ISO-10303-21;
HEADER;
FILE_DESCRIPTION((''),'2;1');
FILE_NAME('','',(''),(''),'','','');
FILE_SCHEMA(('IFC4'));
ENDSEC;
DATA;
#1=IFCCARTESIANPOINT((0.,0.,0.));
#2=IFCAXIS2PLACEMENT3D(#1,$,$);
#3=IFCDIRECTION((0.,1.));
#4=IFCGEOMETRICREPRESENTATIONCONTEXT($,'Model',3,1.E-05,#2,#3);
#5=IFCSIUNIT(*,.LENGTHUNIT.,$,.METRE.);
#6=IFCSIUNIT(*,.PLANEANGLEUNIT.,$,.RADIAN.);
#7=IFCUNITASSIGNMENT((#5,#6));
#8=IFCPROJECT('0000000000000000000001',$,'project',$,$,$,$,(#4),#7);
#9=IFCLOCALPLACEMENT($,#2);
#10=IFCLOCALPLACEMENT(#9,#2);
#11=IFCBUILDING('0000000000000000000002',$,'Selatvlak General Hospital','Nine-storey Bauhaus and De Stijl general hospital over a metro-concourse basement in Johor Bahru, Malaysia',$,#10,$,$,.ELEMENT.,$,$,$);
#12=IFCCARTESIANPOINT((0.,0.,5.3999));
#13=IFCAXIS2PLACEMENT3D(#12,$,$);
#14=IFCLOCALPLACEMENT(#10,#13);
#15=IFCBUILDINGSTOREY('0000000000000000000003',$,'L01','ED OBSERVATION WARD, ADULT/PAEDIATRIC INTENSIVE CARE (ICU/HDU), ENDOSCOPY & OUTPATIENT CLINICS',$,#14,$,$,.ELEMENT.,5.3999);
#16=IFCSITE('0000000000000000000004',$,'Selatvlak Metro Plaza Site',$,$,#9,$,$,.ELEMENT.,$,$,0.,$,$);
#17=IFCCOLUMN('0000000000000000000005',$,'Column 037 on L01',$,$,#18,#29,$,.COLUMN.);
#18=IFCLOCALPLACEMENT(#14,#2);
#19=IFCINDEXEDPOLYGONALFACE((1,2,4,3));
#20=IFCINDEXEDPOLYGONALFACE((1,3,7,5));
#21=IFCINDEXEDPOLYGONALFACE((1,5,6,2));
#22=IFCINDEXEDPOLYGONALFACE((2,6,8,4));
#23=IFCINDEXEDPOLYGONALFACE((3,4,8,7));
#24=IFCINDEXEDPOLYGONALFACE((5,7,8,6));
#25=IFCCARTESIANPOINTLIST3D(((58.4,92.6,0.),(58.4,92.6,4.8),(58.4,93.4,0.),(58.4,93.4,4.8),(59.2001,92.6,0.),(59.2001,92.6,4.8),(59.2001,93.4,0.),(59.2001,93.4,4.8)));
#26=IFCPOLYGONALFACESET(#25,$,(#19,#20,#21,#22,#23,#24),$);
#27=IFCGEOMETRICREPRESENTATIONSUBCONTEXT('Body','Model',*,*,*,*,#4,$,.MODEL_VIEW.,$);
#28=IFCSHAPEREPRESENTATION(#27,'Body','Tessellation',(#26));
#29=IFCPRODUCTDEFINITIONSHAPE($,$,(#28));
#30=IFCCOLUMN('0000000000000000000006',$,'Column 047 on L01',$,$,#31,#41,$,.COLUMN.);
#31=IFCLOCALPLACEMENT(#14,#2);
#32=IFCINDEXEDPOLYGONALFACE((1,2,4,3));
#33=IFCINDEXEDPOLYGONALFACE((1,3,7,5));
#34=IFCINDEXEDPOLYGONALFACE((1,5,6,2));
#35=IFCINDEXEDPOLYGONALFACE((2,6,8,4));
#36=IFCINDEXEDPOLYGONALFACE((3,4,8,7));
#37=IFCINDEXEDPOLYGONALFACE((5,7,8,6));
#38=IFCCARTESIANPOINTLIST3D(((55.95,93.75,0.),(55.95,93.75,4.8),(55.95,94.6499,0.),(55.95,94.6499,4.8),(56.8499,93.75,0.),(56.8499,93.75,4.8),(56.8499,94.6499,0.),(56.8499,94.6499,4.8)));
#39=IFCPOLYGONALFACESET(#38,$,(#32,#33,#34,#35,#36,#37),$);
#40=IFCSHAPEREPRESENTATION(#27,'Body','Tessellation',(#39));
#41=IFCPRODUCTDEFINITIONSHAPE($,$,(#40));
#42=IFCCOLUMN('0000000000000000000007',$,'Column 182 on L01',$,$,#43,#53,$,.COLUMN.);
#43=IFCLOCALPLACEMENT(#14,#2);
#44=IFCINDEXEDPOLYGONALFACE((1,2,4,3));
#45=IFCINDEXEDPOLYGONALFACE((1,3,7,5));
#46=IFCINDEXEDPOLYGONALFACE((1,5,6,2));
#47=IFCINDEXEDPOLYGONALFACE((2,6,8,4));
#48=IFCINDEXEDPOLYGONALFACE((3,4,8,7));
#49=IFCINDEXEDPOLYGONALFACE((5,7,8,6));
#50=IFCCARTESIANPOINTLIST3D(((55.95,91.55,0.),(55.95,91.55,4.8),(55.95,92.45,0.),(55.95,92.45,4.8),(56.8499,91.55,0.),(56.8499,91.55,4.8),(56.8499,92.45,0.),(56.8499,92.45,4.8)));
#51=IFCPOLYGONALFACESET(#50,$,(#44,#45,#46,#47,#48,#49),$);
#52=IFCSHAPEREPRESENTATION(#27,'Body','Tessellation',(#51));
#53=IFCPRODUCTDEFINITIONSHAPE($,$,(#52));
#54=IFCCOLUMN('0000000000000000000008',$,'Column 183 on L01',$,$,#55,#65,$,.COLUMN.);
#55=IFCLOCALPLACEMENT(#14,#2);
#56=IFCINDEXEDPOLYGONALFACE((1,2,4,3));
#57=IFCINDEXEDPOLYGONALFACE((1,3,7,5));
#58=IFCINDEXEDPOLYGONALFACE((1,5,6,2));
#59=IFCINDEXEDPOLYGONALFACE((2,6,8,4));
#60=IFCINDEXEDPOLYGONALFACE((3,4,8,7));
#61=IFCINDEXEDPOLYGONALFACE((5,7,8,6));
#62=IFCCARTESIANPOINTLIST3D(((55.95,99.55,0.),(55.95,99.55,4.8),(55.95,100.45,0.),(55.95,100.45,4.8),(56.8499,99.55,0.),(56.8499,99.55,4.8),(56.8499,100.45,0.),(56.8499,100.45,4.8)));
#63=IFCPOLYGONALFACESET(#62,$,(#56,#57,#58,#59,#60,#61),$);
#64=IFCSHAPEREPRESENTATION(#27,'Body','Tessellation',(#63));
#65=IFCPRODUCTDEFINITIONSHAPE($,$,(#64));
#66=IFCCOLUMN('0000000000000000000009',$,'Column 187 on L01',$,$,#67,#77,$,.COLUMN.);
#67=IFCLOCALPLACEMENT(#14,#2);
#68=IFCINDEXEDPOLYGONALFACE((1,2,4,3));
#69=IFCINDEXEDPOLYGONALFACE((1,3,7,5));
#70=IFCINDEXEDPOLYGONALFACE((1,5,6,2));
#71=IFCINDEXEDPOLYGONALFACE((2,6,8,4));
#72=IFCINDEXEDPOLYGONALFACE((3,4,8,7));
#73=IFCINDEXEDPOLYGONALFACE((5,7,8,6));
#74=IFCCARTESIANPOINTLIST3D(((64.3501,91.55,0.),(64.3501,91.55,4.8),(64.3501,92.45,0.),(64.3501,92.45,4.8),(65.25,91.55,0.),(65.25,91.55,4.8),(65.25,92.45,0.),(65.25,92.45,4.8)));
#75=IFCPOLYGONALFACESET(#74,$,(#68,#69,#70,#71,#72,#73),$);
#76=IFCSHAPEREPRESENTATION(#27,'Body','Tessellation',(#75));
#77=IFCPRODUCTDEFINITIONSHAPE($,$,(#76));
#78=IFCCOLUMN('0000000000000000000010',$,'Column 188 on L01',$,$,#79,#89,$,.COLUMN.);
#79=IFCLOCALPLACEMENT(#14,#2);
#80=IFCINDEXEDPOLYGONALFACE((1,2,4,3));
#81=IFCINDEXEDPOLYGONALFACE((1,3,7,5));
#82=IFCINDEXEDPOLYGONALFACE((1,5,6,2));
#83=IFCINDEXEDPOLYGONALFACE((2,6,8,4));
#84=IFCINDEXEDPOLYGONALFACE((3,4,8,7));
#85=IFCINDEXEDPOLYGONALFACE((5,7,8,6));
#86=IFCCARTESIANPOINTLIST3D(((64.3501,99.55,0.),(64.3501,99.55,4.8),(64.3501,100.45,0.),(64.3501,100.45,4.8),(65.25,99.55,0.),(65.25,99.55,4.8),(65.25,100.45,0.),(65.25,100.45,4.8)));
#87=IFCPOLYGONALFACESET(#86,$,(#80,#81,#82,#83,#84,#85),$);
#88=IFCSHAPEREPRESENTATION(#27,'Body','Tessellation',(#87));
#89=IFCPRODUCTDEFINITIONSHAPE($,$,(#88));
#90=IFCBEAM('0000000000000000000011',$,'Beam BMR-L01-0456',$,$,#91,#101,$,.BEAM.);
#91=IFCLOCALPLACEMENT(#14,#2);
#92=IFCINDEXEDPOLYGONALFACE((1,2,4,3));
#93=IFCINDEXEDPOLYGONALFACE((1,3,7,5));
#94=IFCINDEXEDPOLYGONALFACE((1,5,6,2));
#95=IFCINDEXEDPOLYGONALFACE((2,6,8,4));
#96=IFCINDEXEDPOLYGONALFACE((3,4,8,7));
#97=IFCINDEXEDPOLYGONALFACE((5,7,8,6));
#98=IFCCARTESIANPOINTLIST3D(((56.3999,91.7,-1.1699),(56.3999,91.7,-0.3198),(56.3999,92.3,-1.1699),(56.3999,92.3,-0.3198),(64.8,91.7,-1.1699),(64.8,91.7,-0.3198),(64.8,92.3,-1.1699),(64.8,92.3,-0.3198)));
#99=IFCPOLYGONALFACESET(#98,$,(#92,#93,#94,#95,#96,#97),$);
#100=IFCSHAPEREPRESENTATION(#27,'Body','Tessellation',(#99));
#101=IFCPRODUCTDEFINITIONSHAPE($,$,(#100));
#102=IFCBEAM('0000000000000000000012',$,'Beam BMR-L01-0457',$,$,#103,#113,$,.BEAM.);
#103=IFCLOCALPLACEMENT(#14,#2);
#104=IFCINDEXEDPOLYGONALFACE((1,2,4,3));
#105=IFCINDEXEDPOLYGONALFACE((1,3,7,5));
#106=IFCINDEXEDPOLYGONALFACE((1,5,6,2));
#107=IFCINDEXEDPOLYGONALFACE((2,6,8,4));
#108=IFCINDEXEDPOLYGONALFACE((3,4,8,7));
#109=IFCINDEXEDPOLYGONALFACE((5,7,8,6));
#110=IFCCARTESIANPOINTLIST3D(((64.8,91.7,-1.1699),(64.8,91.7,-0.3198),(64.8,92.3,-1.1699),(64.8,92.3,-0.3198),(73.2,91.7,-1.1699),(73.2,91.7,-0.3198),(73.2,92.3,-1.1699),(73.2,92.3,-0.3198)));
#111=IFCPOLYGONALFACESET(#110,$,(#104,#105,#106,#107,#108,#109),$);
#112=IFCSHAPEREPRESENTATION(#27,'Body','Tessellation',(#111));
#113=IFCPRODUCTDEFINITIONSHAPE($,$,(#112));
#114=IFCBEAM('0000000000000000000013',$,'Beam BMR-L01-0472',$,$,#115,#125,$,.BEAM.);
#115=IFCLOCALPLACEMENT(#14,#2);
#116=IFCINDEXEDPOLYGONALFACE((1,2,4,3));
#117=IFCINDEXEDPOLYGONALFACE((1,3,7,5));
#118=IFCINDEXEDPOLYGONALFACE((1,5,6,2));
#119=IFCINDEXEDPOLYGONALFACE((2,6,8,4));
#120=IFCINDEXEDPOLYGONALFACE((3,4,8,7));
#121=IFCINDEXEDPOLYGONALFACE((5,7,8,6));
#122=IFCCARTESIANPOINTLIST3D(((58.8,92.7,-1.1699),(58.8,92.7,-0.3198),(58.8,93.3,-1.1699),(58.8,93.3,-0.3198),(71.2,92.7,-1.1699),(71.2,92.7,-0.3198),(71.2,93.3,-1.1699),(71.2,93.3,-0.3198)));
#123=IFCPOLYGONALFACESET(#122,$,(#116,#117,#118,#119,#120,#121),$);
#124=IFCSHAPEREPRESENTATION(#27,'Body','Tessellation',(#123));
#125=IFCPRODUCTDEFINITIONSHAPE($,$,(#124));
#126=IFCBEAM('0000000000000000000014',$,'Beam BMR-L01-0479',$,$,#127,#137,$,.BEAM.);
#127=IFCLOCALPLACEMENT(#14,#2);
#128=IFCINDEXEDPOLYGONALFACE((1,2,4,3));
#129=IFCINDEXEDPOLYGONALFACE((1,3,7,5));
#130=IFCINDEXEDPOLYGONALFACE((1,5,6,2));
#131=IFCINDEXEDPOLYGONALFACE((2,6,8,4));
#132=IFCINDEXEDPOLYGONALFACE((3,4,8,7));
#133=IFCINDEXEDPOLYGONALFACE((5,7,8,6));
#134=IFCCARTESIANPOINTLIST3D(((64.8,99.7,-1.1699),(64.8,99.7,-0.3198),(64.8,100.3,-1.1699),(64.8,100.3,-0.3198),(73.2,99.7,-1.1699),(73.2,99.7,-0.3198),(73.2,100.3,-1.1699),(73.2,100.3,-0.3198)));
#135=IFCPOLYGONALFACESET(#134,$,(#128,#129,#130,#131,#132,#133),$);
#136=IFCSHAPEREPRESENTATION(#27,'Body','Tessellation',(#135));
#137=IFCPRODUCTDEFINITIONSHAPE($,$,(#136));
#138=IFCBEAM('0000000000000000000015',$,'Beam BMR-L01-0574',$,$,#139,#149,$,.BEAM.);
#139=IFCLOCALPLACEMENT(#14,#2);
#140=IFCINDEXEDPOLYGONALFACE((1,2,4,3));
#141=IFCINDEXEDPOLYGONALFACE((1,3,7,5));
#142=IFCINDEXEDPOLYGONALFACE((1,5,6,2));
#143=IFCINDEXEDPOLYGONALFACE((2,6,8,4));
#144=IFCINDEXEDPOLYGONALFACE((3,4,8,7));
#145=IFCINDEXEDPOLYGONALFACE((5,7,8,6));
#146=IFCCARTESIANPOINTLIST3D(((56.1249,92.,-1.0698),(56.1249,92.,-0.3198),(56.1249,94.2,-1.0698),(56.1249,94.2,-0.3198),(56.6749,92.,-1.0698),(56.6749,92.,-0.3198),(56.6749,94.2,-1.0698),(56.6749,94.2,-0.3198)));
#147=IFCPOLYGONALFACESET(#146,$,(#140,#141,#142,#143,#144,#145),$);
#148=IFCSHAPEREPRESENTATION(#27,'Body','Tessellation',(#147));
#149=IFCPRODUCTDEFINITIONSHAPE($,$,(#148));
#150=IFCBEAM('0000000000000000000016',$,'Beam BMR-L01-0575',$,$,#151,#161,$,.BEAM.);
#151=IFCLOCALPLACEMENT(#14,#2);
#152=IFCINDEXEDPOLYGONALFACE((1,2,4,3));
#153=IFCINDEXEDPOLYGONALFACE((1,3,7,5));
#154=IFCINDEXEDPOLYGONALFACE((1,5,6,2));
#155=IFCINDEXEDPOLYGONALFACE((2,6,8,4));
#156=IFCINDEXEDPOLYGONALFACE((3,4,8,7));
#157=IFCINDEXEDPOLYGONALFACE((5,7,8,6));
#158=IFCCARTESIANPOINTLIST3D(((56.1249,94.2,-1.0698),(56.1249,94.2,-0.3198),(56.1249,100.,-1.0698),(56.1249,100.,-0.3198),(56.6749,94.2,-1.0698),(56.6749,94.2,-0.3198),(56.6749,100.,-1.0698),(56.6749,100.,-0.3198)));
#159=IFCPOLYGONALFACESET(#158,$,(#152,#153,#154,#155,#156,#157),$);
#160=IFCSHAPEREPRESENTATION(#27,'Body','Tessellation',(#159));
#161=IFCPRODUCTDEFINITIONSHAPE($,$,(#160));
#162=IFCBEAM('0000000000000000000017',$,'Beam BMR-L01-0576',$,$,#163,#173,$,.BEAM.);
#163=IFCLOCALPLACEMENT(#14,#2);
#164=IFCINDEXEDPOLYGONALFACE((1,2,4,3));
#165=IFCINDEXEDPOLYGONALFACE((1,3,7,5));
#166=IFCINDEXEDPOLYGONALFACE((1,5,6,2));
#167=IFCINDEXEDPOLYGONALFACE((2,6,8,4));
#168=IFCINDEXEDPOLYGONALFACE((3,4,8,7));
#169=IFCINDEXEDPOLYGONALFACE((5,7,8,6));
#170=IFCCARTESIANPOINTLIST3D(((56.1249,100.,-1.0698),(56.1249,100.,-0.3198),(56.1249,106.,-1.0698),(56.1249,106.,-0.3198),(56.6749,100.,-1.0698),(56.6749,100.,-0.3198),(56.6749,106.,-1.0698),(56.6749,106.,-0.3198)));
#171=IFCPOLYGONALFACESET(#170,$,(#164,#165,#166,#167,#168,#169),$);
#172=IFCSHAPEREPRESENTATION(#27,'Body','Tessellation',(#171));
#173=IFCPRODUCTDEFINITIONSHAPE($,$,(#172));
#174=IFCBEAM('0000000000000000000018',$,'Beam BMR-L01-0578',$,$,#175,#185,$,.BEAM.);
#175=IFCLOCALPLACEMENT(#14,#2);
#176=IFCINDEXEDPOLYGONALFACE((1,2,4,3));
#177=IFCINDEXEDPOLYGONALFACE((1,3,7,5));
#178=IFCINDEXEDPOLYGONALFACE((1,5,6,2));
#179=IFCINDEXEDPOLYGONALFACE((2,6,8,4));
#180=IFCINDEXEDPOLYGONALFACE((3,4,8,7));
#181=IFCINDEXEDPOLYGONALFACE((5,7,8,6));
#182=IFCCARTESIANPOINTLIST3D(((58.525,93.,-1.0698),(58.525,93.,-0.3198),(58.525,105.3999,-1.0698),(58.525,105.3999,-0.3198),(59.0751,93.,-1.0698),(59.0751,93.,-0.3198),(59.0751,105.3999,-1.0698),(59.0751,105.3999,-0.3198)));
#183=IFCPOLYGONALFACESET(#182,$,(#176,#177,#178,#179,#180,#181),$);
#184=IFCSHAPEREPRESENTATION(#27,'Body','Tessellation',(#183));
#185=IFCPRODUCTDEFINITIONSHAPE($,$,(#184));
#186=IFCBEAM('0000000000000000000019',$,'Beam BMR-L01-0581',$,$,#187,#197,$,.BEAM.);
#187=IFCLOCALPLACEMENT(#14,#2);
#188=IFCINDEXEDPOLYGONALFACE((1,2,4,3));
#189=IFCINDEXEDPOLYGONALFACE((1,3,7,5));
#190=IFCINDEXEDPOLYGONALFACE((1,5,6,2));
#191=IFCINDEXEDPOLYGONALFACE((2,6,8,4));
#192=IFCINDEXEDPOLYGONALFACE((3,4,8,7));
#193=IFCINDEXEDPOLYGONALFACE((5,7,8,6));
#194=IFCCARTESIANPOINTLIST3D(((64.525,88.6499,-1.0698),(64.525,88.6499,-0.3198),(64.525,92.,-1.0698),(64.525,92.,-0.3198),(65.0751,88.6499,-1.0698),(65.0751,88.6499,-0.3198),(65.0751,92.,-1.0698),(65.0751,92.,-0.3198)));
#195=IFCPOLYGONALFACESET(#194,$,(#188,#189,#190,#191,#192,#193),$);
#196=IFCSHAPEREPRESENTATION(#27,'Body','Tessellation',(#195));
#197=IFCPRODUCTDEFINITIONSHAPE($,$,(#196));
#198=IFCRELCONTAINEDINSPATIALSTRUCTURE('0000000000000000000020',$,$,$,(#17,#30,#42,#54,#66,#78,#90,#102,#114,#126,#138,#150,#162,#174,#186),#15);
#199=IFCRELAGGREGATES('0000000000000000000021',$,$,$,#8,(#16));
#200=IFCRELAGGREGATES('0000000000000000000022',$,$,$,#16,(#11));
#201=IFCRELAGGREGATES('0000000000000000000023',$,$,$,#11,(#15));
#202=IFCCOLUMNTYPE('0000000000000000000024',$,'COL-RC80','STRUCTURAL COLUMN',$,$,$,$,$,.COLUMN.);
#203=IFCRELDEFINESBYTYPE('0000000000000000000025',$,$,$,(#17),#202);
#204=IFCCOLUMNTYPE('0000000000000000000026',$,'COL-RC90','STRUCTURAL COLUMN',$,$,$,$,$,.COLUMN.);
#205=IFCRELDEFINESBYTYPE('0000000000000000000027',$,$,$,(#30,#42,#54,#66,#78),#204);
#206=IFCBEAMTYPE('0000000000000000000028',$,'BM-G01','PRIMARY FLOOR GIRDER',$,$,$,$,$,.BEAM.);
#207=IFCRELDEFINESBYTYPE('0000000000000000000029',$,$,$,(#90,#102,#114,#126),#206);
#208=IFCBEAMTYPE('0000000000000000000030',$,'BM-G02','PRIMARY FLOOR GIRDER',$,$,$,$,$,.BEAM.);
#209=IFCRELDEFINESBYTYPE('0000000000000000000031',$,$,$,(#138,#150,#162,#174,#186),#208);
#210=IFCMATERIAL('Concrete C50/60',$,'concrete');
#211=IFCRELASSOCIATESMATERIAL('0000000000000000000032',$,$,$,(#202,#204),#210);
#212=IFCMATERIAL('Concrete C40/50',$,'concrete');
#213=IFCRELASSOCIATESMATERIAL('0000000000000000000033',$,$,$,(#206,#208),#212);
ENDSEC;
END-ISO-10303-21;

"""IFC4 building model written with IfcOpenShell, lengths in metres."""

from ifc_helpers import new_model, si_unit, direction, frame, origin, origin_2d, place, context, subcontext, project, spatial, rectangle, extrude, material, material_profile, profile_set, type_object, element, save


model = new_model("IFC4")

# Units and contexts
model_context = context("Model", 3, precision=1e-05, world=origin(), true_north=direction((0.0, 1.0)))
body_context = subcontext(model_context, "Body", "Model", "MODEL_VIEW")
ifc_project = project(units=[si_unit("LENGTHUNIT", "METRE"), si_unit("PLANEANGLEUNIT", "RADIAN")], contexts=[model_context])

# Site, building, storey
site_placement = place(None, origin())
site = spatial("IfcSite", under=ifc_project, at=site_placement, Name="Selatvlak Metro Plaza Site", CompositionType="ELEMENT", RefElevation=0.0)
building_placement = place(site_placement, origin())
building = spatial("IfcBuilding", under=site, at=building_placement, Name="Selatvlak General Hospital", Description="Nine-storey Bauhaus and De Stijl general hospital over a metro-concourse basement in Johor Bahru, Malaysia", CompositionType="ELEMENT")
storey_placement = place(building_placement, frame((0.0, 0.0, 5.3999)))
storey = spatial("IfcBuildingStorey", under=building, at=storey_placement, Name="L01", Description="ED OBSERVATION WARD, ADULT/PAEDIATRIC INTENSIVE CARE (ICU/HDU), ENDOSCOPY & OUTPATIENT CLINICS", CompositionType="ELEMENT", Elevation=5.3999)

# Columns
ifc_material_1 = material(Name="Concrete C50/60", Category="concrete")
ifc_material_profile_1 = material_profile(ifc_material_1, rectangle(XDim=0.8, YDim=0.8, at=origin_2d()), Name="RC-COL 800x800")
ifc_profile_set_1 = profile_set([ifc_material_profile_1], Name="Concrete C50/60")
column_type_1 = type_object("IfcColumnType", Name="COL-RC80", Description="STRUCTURAL COLUMN", PredefinedType="COLUMN", material=ifc_profile_set_1)
column_placement = place(storey_placement, frame((58.8, 93.0, 0.0), z_axis=(0.0, 0.0, 1.0), x_axis=(1.0, 0.0, 0.0)))
element("IfcColumn", 1, at=column_placement, inside=storey, type_object=column_type_1, Name="Column 037 on L01", PredefinedType="COLUMN", context=body_context, shape_type="SweptSolid", body=[
    extrude(rectangle(XDim=0.8, YDim=0.8, at=origin_2d()), origin(), (0.0, 0.0, 1.0), 4.8),
])
ifc_material_profile_2 = material_profile(ifc_material_1, rectangle(XDim=0.8999, YDim=0.8999, at=origin_2d()), Name="RC-COL 900x900")
ifc_profile_set_2 = profile_set([ifc_material_profile_2], Name="Concrete C50/60")
column_type_2 = type_object("IfcColumnType", Name="COL-RC90", Description="STRUCTURAL COLUMN", PredefinedType="COLUMN", material=ifc_profile_set_2)
for number, where, z_axis, x_axis, name in (
    (2, (56.3999, 94.2, 0.0), (0.0, 0.0, 1.0), (1.0, 0.0, 0.0), "Column 047 on L01"),
    (3, (56.3999, 92.0, 0.0), (0.0, 0.0, 1.0), (1.0, 0.0, 0.0), "Column 182 on L01"),
    (4, (56.3999, 100.0, 0.0), (0.0, 0.0, 1.0), (1.0, 0.0, 0.0), "Column 183 on L01"),
    (5, (64.8, 92.0, 0.0), (0.0, 0.0, 1.0), (1.0, 0.0, 0.0), "Column 187 on L01"),
    (6, (64.8, 100.0, 0.0), (0.0, 0.0, 1.0), (1.0, 0.0, 0.0), "Column 188 on L01"),
):
    element("IfcColumn", number, at=place(storey_placement, frame(where, z_axis=z_axis, x_axis=x_axis)), inside=storey, type_object=column_type_2, Name=name, PredefinedType="COLUMN", context=body_context, shape_type="SweptSolid", body=[
        extrude(rectangle(XDim=0.8999, YDim=0.8999, at=origin_2d()), origin(), (0.0, 0.0, 1.0), 4.8),
    ])

# Beams
ifc_material_2 = material(Name="Concrete C40/50", Category="concrete")
ifc_material_profile_3 = material_profile(ifc_material_2, rectangle(XDim=0.6001, YDim=0.8501, at=origin_2d()), Name="RC-BM 600x850")
ifc_profile_set_3 = profile_set([ifc_material_profile_3], Name="Concrete C40/50")
beam_type_1 = type_object("IfcBeamType", Name="BM-G01", Description="PRIMARY FLOOR GIRDER", PredefinedType="BEAM", material=ifc_profile_set_3)
beam_1_placement = place(storey_placement, frame((56.3999, 92.0, -0.7449), z_axis=(1.0, 0.0, 0.0), x_axis=(0.0, 1.0, 0.0)))
element("IfcBeam", 7, at=beam_1_placement, inside=storey, type_object=beam_type_1, Name="Beam BMR-L01-0456", PredefinedType="BEAM", context=body_context, shape_type="SweptSolid", body=[
    extrude(rectangle(XDim=0.6001, YDim=0.8501, at=origin_2d()), origin(), (0.0, 0.0, 1.0), 8.4001),
])
beam_2_placement = place(storey_placement, frame((64.8, 92.0, -0.7449), z_axis=(1.0, 0.0, 0.0), x_axis=(0.0, 1.0, 0.0)))
element("IfcBeam", 8, at=beam_2_placement, inside=storey, type_object=beam_type_1, Name="Beam BMR-L01-0457", PredefinedType="BEAM", context=body_context, shape_type="SweptSolid", body=[
    extrude(rectangle(XDim=0.6001, YDim=0.8501, at=origin_2d()), origin(), (0.0, 0.0, 1.0), 8.3999),
])
beam_3_placement = place(storey_placement, frame((58.8, 93.0, -0.7449), z_axis=(1.0, 0.0, 0.0), x_axis=(0.0, 1.0, 0.0)))
element("IfcBeam", 9, at=beam_3_placement, inside=storey, type_object=beam_type_1, Name="Beam BMR-L01-0472", PredefinedType="BEAM", context=body_context, shape_type="SweptSolid", body=[
    extrude(rectangle(XDim=0.6001, YDim=0.8501, at=origin_2d()), origin(), (0.0, 0.0, 1.0), 12.3999),
])
beam_4_placement = place(storey_placement, frame((64.8, 100.0, -0.7449), z_axis=(1.0, 0.0, 0.0), x_axis=(0.0, 1.0, 0.0)))
element("IfcBeam", 10, at=beam_4_placement, inside=storey, type_object=beam_type_1, Name="Beam BMR-L01-0479", PredefinedType="BEAM", context=body_context, shape_type="SweptSolid", body=[
    extrude(rectangle(XDim=0.6001, YDim=0.8501, at=origin_2d()), origin(), (0.0, 0.0, 1.0), 8.3999),
])
ifc_material_profile_4 = material_profile(ifc_material_2, rectangle(XDim=0.55, YDim=0.75, at=origin_2d()), Name="RC-BM 550x750")
ifc_profile_set_4 = profile_set([ifc_material_profile_4], Name="Concrete C40/50")
beam_type_2 = type_object("IfcBeamType", Name="BM-G02", Description="PRIMARY FLOOR GIRDER", PredefinedType="BEAM", material=ifc_profile_set_4)
beam_5_placement = place(storey_placement, frame((56.3999, 92.0, -0.6948), z_axis=(0.0, 1.0, 0.0), x_axis=(-1.0, 0.0, 0.0)))
element("IfcBeam", 11, at=beam_5_placement, inside=storey, type_object=beam_type_2, Name="Beam BMR-L01-0574", PredefinedType="BEAM", context=body_context, shape_type="SweptSolid", body=[
    extrude(rectangle(XDim=0.55, YDim=0.75, at=origin_2d()), origin(), (0.0, 0.0, 1.0), 2.2),
])
beam_6_placement = place(storey_placement, frame((56.3999, 94.2, -0.6948), z_axis=(0.0, 1.0, 0.0), x_axis=(-1.0, 0.0, 0.0)))
element("IfcBeam", 12, at=beam_6_placement, inside=storey, type_object=beam_type_2, Name="Beam BMR-L01-0575", PredefinedType="BEAM", context=body_context, shape_type="SweptSolid", body=[
    extrude(rectangle(XDim=0.55, YDim=0.75, at=origin_2d()), origin(), (0.0, 0.0, 1.0), 5.8),
])
beam_7_placement = place(storey_placement, frame((56.3999, 100.0, -0.6948), z_axis=(0.0, 1.0, 0.0), x_axis=(-1.0, 0.0, 0.0)))
element("IfcBeam", 13, at=beam_7_placement, inside=storey, type_object=beam_type_2, Name="Beam BMR-L01-0576", PredefinedType="BEAM", context=body_context, shape_type="SweptSolid", body=[
    extrude(rectangle(XDim=0.55, YDim=0.75, at=origin_2d()), origin(), (0.0, 0.0, 1.0), 6.0),
])
beam_8_placement = place(storey_placement, frame((58.8, 93.0, -0.6948), z_axis=(0.0, 1.0, 0.0), x_axis=(-1.0, 0.0, 0.0)))
element("IfcBeam", 14, at=beam_8_placement, inside=storey, type_object=beam_type_2, Name="Beam BMR-L01-0578", PredefinedType="BEAM", context=body_context, shape_type="SweptSolid", body=[
    extrude(rectangle(XDim=0.55, YDim=0.75, at=origin_2d()), origin(), (0.0, 0.0, 1.0), 12.3999),
])
beam_9_placement = place(storey_placement, frame((64.8, 88.6499, -0.6948), z_axis=(0.0, 1.0, 0.0), x_axis=(-1.0, 0.0, 0.0)))
element("IfcBeam", 15, at=beam_9_placement, inside=storey, type_object=beam_type_2, Name="Beam BMR-L01-0581", PredefinedType="BEAM", context=body_context, shape_type="SweptSolid", body=[
    extrude(rectangle(XDim=0.55, YDim=0.75, at=origin_2d()), origin(), (0.0, 0.0, 1.0), 3.3501),
])

save(model, "model.ifc")
